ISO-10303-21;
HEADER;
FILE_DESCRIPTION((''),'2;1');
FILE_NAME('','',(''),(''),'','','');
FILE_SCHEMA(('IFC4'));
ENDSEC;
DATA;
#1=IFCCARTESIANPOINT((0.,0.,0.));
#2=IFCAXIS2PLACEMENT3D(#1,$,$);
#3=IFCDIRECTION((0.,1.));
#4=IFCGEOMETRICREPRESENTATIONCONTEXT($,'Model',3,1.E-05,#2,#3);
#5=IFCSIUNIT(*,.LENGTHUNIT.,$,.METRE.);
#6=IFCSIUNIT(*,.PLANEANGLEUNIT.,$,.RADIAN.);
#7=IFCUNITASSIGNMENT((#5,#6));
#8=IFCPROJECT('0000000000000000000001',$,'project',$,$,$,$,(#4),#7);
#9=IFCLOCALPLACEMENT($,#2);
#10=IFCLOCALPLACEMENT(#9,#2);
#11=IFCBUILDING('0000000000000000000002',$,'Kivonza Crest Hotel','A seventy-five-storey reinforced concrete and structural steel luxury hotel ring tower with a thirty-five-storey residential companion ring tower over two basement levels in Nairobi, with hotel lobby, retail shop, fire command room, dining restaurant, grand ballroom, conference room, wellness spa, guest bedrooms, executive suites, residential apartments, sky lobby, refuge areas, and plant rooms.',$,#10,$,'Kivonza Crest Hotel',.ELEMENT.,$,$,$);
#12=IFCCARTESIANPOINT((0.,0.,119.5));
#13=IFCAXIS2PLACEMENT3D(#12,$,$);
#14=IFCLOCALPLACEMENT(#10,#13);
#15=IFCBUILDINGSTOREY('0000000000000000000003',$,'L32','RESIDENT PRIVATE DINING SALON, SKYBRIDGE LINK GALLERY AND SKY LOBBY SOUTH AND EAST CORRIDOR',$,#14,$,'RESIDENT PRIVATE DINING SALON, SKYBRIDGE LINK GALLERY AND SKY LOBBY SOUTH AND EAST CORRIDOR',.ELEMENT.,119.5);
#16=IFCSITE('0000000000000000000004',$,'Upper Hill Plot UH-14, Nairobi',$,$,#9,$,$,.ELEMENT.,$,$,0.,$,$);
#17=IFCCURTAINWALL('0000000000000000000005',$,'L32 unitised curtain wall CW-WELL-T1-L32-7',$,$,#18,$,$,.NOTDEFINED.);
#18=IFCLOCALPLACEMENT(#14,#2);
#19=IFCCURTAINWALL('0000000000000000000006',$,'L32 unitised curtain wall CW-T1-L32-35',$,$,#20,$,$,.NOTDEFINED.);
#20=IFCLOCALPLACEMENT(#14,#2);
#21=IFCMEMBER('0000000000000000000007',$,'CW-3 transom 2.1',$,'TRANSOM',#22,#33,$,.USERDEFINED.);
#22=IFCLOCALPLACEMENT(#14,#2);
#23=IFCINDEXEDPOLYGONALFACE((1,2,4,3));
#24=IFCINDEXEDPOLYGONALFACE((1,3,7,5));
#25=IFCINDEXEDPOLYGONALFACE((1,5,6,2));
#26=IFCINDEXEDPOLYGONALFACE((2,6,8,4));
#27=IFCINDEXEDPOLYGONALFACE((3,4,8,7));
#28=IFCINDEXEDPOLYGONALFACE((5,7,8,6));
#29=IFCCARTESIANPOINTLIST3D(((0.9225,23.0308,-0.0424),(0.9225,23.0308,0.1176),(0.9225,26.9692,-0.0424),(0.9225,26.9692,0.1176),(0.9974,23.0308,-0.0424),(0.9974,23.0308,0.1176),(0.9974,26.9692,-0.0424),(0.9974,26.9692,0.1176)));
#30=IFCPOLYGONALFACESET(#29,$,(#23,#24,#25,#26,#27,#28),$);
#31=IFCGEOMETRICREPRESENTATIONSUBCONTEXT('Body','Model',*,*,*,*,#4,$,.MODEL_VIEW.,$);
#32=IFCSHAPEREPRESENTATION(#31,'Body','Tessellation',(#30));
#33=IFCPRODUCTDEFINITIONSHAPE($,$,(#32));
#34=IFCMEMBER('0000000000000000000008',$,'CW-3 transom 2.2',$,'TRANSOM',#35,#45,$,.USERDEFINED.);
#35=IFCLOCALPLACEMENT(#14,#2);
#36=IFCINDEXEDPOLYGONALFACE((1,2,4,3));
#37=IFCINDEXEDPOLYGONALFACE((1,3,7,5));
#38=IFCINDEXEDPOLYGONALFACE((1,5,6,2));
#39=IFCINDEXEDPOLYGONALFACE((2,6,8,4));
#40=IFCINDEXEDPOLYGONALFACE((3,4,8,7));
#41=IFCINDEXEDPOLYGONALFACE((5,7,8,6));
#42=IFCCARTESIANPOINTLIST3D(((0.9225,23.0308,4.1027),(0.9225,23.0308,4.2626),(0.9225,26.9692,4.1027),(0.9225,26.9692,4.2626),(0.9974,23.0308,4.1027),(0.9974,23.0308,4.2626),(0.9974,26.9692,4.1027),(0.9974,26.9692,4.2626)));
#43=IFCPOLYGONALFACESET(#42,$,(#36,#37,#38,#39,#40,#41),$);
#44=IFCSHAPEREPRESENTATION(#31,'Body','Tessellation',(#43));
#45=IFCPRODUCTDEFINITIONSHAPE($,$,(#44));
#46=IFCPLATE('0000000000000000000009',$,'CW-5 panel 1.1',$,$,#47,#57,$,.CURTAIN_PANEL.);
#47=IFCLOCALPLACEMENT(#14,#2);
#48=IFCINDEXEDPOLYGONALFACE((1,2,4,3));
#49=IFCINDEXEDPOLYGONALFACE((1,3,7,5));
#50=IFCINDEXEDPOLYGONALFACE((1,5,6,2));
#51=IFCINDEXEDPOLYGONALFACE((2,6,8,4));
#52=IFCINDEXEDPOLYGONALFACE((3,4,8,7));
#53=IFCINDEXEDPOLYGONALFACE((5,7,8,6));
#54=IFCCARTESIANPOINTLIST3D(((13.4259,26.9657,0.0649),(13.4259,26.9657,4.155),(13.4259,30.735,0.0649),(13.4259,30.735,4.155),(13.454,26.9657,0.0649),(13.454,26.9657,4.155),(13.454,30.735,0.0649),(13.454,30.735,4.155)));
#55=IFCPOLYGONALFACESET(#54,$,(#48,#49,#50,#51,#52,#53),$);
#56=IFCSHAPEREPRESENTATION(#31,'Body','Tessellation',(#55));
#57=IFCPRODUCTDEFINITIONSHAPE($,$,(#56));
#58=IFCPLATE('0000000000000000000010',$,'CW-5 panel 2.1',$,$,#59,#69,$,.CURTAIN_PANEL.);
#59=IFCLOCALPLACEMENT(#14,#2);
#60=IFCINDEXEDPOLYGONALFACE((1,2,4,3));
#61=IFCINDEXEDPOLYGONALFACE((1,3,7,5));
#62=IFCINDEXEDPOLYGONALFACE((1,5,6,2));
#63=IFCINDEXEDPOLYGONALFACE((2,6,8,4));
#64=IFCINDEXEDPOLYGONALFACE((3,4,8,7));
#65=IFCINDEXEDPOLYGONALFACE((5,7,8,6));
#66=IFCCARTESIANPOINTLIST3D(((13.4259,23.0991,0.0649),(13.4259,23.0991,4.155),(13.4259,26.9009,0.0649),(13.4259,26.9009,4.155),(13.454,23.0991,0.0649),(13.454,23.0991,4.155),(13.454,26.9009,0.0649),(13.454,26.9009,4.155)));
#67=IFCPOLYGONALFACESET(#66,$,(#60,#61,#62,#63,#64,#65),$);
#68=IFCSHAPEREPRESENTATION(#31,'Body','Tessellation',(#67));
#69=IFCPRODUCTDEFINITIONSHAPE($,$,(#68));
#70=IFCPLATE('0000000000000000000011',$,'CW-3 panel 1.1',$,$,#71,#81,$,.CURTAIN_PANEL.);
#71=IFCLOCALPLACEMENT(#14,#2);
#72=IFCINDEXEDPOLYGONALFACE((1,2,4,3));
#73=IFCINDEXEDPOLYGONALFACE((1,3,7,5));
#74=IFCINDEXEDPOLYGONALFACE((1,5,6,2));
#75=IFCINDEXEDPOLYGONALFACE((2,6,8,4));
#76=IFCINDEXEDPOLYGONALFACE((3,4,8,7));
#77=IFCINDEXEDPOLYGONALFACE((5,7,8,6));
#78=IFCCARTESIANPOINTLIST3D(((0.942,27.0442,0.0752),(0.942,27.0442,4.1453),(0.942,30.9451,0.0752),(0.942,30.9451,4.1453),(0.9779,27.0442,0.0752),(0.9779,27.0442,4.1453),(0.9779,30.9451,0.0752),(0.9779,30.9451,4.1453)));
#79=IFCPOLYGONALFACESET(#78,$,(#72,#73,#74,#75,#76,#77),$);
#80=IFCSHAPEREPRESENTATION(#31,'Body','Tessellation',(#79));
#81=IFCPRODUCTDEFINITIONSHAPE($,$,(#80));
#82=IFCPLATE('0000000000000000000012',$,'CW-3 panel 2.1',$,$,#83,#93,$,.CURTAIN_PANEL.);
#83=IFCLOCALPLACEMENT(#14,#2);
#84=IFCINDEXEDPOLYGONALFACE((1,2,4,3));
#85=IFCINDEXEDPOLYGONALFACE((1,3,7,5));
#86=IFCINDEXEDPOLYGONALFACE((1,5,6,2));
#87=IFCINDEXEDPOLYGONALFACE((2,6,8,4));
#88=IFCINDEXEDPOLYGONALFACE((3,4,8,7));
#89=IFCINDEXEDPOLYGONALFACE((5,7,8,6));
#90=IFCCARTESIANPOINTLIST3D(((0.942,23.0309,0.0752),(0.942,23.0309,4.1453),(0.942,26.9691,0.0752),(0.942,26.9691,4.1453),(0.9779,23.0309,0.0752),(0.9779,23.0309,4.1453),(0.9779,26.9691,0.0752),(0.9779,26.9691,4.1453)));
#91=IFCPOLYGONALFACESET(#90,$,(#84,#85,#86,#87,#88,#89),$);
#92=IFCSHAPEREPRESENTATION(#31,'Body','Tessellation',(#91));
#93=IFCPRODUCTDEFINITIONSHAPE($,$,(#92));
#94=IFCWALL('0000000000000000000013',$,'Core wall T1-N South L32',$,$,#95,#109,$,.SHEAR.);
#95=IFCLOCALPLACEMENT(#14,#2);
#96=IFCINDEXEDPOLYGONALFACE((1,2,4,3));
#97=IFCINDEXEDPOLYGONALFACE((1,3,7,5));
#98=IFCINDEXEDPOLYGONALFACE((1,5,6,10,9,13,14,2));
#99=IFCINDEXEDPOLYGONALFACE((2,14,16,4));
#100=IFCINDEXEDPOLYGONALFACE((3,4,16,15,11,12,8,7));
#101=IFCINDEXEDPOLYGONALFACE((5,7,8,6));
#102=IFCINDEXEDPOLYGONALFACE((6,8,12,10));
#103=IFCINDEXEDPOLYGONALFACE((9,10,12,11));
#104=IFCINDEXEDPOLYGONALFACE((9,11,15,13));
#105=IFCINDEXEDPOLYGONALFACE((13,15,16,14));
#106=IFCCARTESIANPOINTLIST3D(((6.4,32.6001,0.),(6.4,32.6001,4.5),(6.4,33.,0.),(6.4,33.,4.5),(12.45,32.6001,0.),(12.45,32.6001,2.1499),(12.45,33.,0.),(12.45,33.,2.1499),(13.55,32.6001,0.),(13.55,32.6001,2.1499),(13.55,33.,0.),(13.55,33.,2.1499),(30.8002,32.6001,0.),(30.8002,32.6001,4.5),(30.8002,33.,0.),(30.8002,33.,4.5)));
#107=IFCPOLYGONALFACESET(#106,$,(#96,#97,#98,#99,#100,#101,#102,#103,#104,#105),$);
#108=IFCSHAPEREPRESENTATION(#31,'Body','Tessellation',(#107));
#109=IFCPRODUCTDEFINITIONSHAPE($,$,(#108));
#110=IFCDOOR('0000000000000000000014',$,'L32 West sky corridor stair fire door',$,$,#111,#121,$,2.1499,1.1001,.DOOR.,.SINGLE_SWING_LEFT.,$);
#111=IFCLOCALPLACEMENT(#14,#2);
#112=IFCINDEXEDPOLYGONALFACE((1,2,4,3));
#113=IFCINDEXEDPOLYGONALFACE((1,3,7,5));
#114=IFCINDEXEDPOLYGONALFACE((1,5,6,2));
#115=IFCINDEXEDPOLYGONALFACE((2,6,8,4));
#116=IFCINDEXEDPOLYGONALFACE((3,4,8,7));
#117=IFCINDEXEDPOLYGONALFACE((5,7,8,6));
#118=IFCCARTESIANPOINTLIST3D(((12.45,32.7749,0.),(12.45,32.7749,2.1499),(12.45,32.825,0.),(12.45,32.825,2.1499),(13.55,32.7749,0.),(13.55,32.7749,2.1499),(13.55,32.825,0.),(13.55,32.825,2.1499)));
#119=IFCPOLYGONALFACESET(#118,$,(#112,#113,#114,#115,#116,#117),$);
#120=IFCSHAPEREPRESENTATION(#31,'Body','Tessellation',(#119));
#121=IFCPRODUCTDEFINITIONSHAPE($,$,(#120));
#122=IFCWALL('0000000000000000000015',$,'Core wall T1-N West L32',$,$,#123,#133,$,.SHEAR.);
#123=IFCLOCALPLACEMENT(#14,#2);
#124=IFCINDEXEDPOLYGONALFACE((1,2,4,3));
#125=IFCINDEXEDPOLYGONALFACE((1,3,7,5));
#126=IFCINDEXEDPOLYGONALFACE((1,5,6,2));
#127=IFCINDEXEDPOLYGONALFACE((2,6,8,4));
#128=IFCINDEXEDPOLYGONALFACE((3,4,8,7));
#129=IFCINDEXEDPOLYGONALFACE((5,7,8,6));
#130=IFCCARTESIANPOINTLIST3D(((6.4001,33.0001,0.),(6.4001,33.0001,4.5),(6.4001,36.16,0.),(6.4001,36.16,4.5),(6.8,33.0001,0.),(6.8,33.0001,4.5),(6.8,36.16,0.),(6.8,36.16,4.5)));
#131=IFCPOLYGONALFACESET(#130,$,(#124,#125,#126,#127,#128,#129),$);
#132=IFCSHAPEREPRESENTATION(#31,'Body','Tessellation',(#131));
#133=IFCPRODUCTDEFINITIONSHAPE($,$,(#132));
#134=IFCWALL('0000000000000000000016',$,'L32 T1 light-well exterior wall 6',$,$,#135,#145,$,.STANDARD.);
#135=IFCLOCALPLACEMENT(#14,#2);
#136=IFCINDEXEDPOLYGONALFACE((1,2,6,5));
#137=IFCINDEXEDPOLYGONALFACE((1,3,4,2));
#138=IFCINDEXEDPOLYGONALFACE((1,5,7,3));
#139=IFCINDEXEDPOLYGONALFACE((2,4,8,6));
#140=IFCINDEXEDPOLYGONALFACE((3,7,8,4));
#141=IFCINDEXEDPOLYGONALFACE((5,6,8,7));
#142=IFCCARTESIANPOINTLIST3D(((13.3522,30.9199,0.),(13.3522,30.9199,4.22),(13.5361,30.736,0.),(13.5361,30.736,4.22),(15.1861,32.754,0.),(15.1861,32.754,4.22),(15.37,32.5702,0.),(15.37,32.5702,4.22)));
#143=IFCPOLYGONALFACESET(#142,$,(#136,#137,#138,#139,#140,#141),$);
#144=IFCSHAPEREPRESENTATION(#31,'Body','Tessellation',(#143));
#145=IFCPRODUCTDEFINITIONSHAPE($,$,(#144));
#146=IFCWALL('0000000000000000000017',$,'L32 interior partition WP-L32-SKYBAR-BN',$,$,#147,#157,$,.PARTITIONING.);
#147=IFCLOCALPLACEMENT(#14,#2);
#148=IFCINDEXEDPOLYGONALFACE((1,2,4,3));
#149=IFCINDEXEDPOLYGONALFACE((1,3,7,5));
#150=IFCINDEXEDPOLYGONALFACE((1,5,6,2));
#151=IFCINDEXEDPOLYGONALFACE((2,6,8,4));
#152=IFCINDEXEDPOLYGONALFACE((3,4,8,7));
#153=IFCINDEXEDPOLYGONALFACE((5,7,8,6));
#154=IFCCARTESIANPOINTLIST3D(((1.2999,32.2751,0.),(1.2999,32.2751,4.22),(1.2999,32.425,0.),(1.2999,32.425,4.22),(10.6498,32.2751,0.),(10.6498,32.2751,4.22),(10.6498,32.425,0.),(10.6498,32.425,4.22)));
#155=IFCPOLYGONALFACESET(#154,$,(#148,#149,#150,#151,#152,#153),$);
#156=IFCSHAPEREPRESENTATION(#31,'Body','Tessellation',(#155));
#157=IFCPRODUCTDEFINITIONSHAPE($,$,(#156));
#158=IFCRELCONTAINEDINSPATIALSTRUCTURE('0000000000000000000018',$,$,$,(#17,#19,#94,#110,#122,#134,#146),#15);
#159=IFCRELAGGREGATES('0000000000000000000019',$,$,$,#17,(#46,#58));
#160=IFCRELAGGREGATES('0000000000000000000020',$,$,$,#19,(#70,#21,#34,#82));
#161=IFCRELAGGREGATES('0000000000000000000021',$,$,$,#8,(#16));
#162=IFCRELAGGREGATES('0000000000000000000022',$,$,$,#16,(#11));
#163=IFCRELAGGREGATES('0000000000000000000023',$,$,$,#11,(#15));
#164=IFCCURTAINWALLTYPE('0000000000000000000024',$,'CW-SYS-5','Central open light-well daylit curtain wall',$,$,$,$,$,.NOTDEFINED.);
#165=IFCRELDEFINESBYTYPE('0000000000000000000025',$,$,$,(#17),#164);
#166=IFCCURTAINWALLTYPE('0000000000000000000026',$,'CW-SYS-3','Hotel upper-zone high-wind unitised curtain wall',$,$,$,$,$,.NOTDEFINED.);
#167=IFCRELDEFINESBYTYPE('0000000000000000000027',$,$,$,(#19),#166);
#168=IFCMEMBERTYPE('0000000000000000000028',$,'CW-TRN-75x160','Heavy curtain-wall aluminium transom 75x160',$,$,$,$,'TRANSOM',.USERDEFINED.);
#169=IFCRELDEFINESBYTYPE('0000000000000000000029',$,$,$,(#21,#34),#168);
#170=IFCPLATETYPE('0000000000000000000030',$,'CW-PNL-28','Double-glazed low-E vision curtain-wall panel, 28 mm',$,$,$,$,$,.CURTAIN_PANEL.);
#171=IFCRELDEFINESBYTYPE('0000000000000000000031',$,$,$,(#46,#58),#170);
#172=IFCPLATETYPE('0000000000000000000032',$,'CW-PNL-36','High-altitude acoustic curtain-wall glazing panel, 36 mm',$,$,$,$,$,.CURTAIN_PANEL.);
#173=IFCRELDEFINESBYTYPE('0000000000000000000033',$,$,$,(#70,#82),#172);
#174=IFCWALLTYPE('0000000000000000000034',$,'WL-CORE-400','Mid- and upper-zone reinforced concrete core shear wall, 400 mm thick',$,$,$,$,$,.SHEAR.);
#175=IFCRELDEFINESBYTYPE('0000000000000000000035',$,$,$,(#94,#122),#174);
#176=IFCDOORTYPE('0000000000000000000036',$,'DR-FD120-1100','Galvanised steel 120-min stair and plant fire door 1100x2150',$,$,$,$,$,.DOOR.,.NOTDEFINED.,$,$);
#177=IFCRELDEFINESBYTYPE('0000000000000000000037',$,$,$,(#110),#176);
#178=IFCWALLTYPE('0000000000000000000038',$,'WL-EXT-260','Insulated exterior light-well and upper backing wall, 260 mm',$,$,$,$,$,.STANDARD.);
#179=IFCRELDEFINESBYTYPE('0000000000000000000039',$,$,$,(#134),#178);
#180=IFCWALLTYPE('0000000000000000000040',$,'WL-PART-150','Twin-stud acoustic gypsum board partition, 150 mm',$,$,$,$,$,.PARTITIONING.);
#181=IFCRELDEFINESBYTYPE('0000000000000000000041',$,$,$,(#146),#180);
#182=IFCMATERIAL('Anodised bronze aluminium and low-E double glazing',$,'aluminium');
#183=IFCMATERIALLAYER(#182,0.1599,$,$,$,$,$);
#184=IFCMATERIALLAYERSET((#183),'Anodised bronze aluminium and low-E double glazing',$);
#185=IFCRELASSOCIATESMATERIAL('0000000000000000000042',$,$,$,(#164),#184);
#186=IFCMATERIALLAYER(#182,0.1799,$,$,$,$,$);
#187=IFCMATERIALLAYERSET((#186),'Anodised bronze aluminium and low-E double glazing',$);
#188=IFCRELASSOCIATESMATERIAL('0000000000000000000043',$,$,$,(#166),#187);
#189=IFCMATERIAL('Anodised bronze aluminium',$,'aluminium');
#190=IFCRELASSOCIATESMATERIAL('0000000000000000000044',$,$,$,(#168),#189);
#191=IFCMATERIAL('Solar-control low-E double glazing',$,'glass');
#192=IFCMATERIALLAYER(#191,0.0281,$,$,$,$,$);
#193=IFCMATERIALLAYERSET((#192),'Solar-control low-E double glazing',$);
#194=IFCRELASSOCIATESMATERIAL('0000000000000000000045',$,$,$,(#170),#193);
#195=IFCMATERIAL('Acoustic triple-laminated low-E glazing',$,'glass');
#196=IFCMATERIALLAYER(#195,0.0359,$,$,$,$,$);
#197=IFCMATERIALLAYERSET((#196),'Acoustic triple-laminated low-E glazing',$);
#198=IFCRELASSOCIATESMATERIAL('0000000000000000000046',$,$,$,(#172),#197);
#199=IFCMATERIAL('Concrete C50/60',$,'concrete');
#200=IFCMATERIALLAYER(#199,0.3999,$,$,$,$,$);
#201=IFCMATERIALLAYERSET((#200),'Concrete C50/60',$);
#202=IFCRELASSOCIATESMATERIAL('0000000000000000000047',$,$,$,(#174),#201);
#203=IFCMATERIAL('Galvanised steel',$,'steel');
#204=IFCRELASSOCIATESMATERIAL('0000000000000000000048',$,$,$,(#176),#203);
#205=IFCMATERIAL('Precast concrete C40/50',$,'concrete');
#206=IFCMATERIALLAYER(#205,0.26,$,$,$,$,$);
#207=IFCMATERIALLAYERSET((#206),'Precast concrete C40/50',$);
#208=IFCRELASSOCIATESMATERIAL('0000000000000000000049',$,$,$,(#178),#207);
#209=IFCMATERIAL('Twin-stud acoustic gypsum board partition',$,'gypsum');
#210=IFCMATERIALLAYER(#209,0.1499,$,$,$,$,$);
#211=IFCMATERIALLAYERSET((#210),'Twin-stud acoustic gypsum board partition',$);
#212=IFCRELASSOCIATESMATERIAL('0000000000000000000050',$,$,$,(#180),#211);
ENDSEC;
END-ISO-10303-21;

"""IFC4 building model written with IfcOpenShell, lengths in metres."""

from ifc_helpers import new_model, si_unit, direction, frame, frame_2d, origin, origin_2d, place, context, subcontext, project, spatial, rectangle, extrude, material, layer, layer_set, material_profile, profile_set, type_object, element, fill, aggregate, save


model = new_model("IFC4")

# Units and contexts
model_context = context("Model", 3, precision=1e-05, world=origin(), true_north=direction((0.0, 1.0)))
body_context = subcontext(model_context, "Body", "Model", "MODEL_VIEW")
ifc_project = project(units=[si_unit("LENGTHUNIT", "METRE"), si_unit("PLANEANGLEUNIT", "RADIAN")], contexts=[model_context])

# Site, building, storey
site_placement = place(None, origin())
site = spatial("IfcSite", under=ifc_project, at=site_placement, Name="Upper Hill Plot UH-14, Nairobi", CompositionType="ELEMENT", RefElevation=0.0)
building_placement = place(site_placement, origin())
building = spatial("IfcBuilding", under=site, at=building_placement, Name="Kivonza Crest Hotel", Description="A seventy-five-storey reinforced concrete and structural steel luxury hotel ring tower with a thirty-five-storey residential companion ring tower over two basement levels in Nairobi, with hotel lobby, retail shop, fire command room, dining restaurant, grand ballroom, conference room, wellness spa, guest bedrooms, executive suites, residential apartments, sky lobby, refuge areas, and plant rooms.", LongName="Kivonza Crest Hotel", CompositionType="ELEMENT")
storey_placement = place(building_placement, frame((0.0, 0.0, 119.5)))
storey = spatial("IfcBuildingStorey", under=building, at=storey_placement, Name="L32", Description="RESIDENT PRIVATE DINING SALON, SKYBRIDGE LINK GALLERY AND SKY LOBBY SOUTH AND EAST CORRIDOR", LongName="RESIDENT PRIVATE DINING SALON, SKYBRIDGE LINK GALLERY AND SKY LOBBY SOUTH AND EAST CORRIDOR", CompositionType="ELEMENT", Elevation=119.5)

# Shared definitions
ifc_material_1 = material(Name="Concrete C50/60", Category="concrete")

# Curtain walls
ifc_material_2 = material(Name="Anodised bronze aluminium and low-E double glazing", Category="aluminium")
ifc_layer_1 = layer(ifc_material_2, 0.1599)
ifc_layer_set_1 = layer_set([ifc_layer_1], Name="Anodised bronze aluminium and low-E double glazing")
curtain_wall_type_1 = type_object("IfcCurtainWallType", Name="CW-SYS-5", Description="Central open light-well daylit curtain wall", PredefinedType="NOTDEFINED", material=ifc_layer_set_1)
curtain_wall_1_placement = place(storey_placement, origin())
curtain_wall_1 = element("IfcCurtainWall", 1, at=curtain_wall_1_placement, inside=storey, type_object=curtain_wall_type_1, Name="L32 unitised curtain wall CW-WELL-T1-L32-7", PredefinedType="NOTDEFINED")
ifc_material_3 = material(Name="Anodised bronze aluminium", Category="aluminium")
ifc_layer_2 = layer(ifc_material_2, 0.1799)
ifc_layer_set_2 = layer_set([ifc_layer_2], Name="Anodised bronze aluminium and low-E double glazing")
curtain_wall_type_2 = type_object("IfcCurtainWallType", Name="CW-SYS-3", Description="Hotel upper-zone high-wind unitised curtain wall", PredefinedType="NOTDEFINED", material=ifc_layer_set_2)
curtain_wall_2_placement = place(storey_placement, origin())
curtain_wall_2 = element("IfcCurtainWall", 2, at=curtain_wall_2_placement, inside=storey, type_object=curtain_wall_type_2, Name="L32 unitised curtain wall CW-T1-L32-35", PredefinedType="NOTDEFINED")

# Members
ifc_material_profile_1 = material_profile(ifc_material_3, rectangle(XDim=0.075, YDim=0.1599, at=origin_2d()), Name="CW-T 75x160")
ifc_profile_set_1 = profile_set([ifc_material_profile_1], Name="Anodised bronze aluminium")
member_type_1 = type_object("IfcMemberType", Name="CW-TRN-75x160", Description="Heavy curtain-wall aluminium transom 75x160", ElementType="TRANSOM", PredefinedType="USERDEFINED", material=ifc_profile_set_1)
member_1_placement = place(storey_placement, frame((0.96, 26.9692, 0.0376), z_axis=(0.0, -1.0, 0.0), x_axis=(1.0, 0.0, 0.0)))
member_1 = element("IfcMember", 3, at=member_1_placement, type_object=member_type_1, Name="CW-3 transom 2.1", ObjectType="TRANSOM", PredefinedType="USERDEFINED", context=body_context, shape_type="SweptSolid", body=[
    extrude(rectangle(XDim=0.075, YDim=0.1599, at=origin_2d()), origin(), (0.0, 0.0, 1.0), 3.9385),
])
member_2_placement = place(storey_placement, frame((0.96, 26.9692, 4.1826), z_axis=(0.0, -1.0, 0.0), x_axis=(1.0, 0.0, 0.0)))
member_2 = element("IfcMember", 4, at=member_2_placement, type_object=member_type_1, Name="CW-3 transom 2.2", ObjectType="TRANSOM", PredefinedType="USERDEFINED", context=body_context, shape_type="SweptSolid", body=[
    extrude(rectangle(XDim=0.075, YDim=0.1599, at=origin_2d()), origin(), (0.0, 0.0, 1.0), 3.9385),
])

# Plates
ifc_material_4 = material(Name="Solar-control low-E double glazing", Category="glass")
ifc_layer_3 = layer(ifc_material_4, 0.0281)
ifc_layer_set_3 = layer_set([ifc_layer_3], Name="Solar-control low-E double glazing")
plate_type_1 = type_object("IfcPlateType", Name="CW-PNL-28", Description="Double-glazed low-E vision curtain-wall panel, 28 mm", PredefinedType="CURTAIN_PANEL", material=ifc_layer_set_3)
plate_1_placement = place(storey_placement, frame((13.4399, 28.8503, 0.0649), z_axis=(0.0, 0.0, 1.0), x_axis=(0.0, -1.0, 0.0)))
plate_1 = element("IfcPlate", 5, at=plate_1_placement, type_object=plate_type_1, Name="CW-5 panel 1.1", PredefinedType="CURTAIN_PANEL", context=body_context, shape_type="SweptSolid", body=[
    extrude(rectangle(XDim=3.7693, YDim=0.0281, at=origin_2d()), origin(), (0.0, 0.0, 1.0), 4.0901),
])
plate_2_placement = place(storey_placement, frame((13.4399, 25.0, 0.0649), z_axis=(0.0, 0.0, 1.0), x_axis=(0.0, -1.0, 0.0)))
plate_2 = element("IfcPlate", 6, at=plate_2_placement, type_object=plate_type_1, Name="CW-5 panel 2.1", PredefinedType="CURTAIN_PANEL", context=body_context, shape_type="SweptSolid", body=[
    extrude(rectangle(XDim=3.8018, YDim=0.0281, at=origin_2d()), origin(), (0.0, 0.0, 1.0), 4.0901),
])
aggregate(curtain_wall_1, [plate_1, plate_2])
ifc_material_5 = material(Name="Acoustic triple-laminated low-E glazing", Category="glass")
ifc_layer_4 = layer(ifc_material_5, 0.0359)
ifc_layer_set_4 = layer_set([ifc_layer_4], Name="Acoustic triple-laminated low-E glazing")
plate_type_2 = type_object("IfcPlateType", Name="CW-PNL-36", Description="High-altitude acoustic curtain-wall glazing panel, 36 mm", PredefinedType="CURTAIN_PANEL", material=ifc_layer_set_4)
plate_3_placement = place(storey_placement, frame((0.96, 28.9946, 0.0752), z_axis=(0.0, 0.0, 1.0), x_axis=(0.0, -1.0, 0.0)))
plate_3 = element("IfcPlate", 7, at=plate_3_placement, type_object=plate_type_2, Name="CW-3 panel 1.1", PredefinedType="CURTAIN_PANEL", context=body_context, shape_type="SweptSolid", body=[
    extrude(rectangle(XDim=3.9009, YDim=0.0359, at=origin_2d()), origin(), (0.0, 0.0, 1.0), 4.0701),
])
plate_4_placement = place(storey_placement, frame((0.96, 25.0, 0.0752), z_axis=(0.0, 0.0, 1.0), x_axis=(0.0, -1.0, 0.0)))
plate_4 = element("IfcPlate", 8, at=plate_4_placement, type_object=plate_type_2, Name="CW-3 panel 2.1", PredefinedType="CURTAIN_PANEL", context=body_context, shape_type="SweptSolid", body=[
    extrude(rectangle(XDim=3.9382, YDim=0.0359, at=origin_2d()), origin(), (0.0, 0.0, 1.0), 4.0701),
])
aggregate(curtain_wall_2, [plate_3, member_1, member_2, plate_4])

# Wall, opening, door
ifc_layer_5 = layer(ifc_material_1, 0.3999)
ifc_layer_set_5 = layer_set([ifc_layer_5], Name="Concrete C50/60")
wall_type_1 = type_object("IfcWallType", Name="WL-CORE-400", Description="Mid- and upper-zone reinforced concrete core shear wall, 400 mm thick", PredefinedType="SHEAR", material=ifc_layer_set_5)
wall_1_placement = place(storey_placement, frame((6.3999, 32.8, 0.0), z_axis=(0.0, 0.0, 1.0), x_axis=(1.0, 0.0, 0.0)))
wall_1 = element("IfcWall", 9, at=wall_1_placement, inside=storey, type_object=wall_type_1, Name="Core wall T1-N South L32", PredefinedType="SHEAR", context=body_context, shape_type="SweptSolid", body=[
    extrude(rectangle(XDim=24.4001, YDim=0.3999, at=frame_2d((12.2002, 0.0))), origin(), (0.0, 0.0, 1.0), 4.5),
])
opening_1_placement = place(wall_1_placement, frame((6.05, 0.0, 0.0)))
opening_1 = element("IfcOpeningElement", 10, at=opening_1_placement, cuts=wall_1, PredefinedType="OPENING", context=body_context, shape_type="SweptSolid", body=[
    extrude(rectangle(XDim=1.1001, YDim=2.1499, at=frame_2d((0.55, 1.075))), frame((0.0, 0.21, 0.0), z_axis=(0.0, -1.0, 0.0), x_axis=(1.0, 0.0, 0.0)), (0.0, 0.0, 1.0), 0.4199),
])
ifc_material_6 = material(Name="Galvanised steel", Category="steel")
door_type_1 = type_object("IfcDoorType", Name="DR-FD120-1100", Description="Galvanised steel 120-min stair and plant fire door 1100x2150", OperationType="NOTDEFINED", PredefinedType="DOOR", material=ifc_material_6)
door_1_placement = place(opening_1_placement, origin())
door_1 = element("IfcDoor", 11, at=door_1_placement, inside=storey, type_object=door_type_1, Name="L32 West sky corridor stair fire door", OperationType="SINGLE_SWING_LEFT", OverallHeight=2.1499, OverallWidth=1.1001, PredefinedType="DOOR", context=body_context, shape_type="SweptSolid", body=[
    extrude(rectangle(XDim=1.1001, YDim=2.1499, at=frame_2d((0.55, 1.075))), frame((0.0, 0.0249, 0.0), z_axis=(0.0, -1.0, 0.0), x_axis=(1.0, 0.0, 0.0)), (0.0, 0.0, 1.0), 0.05),
])
fill(opening_1, door_1)

# Walls
wall_2_placement = place(storey_placement, frame((6.6001, 33.0, 0.0), z_axis=(0.0, 0.0, 1.0), x_axis=(0.0, 1.0, 0.0)))
element("IfcWall", 12, at=wall_2_placement, inside=storey, type_object=wall_type_1, Name="Core wall T1-N West L32", PredefinedType="SHEAR", context=body_context, shape_type="SweptSolid", body=[
    extrude(rectangle(XDim=3.1599, YDim=0.3999, at=frame_2d((1.5801, 0.0))), origin(), (0.0, 0.0, 1.0), 4.5),
])
ifc_material_7 = material(Name="Precast concrete C40/50", Category="concrete")
ifc_layer_6 = layer(ifc_material_7, 0.26)
ifc_layer_set_6 = layer_set([ifc_layer_6], Name="Precast concrete C40/50")
wall_type_2 = type_object("IfcWallType", Name="WL-EXT-260", Description="Insulated exterior light-well and upper backing wall, 260 mm", PredefinedType="STANDARD", material=ifc_layer_set_6)
wall_3_placement = place(storey_placement, frame((15.2781, 32.6621, 0.0), z_axis=(0.0, 0.0, 1.0), x_axis=(-0.70706, -0.707154, 0.0)))
element("IfcWall", 13, at=wall_3_placement, inside=storey, type_object=wall_type_2, Name="L32 T1 light-well exterior wall 6", PredefinedType="STANDARD", context=body_context, shape_type="SweptSolid", body=[
    extrude(rectangle(XDim=2.5938, YDim=0.26, at=frame_2d((1.2969, 0.0))), origin(), (0.0, 0.0, 1.0), 4.22),
])
ifc_material_8 = material(Name="Twin-stud acoustic gypsum board partition", Category="gypsum")
ifc_layer_7 = layer(ifc_material_8, 0.1499)
ifc_layer_set_7 = layer_set([ifc_layer_7], Name="Twin-stud acoustic gypsum board partition")
wall_type_3 = type_object("IfcWallType", Name="WL-PART-150", Description="Twin-stud acoustic gypsum board partition, 150 mm", PredefinedType="PARTITIONING", material=ifc_layer_set_7)
wall_4_placement = place(storey_placement, frame((1.3, 32.3501, 0.0), z_axis=(0.0, 0.0, 1.0), x_axis=(1.0, 0.0, 0.0)))
element("IfcWall", 14, at=wall_4_placement, inside=storey, type_object=wall_type_3, Name="L32 interior partition WP-L32-SKYBAR-BN", PredefinedType="PARTITIONING", context=body_context, shape_type="SweptSolid", body=[
    extrude(rectangle(XDim=9.3499, YDim=0.1499, at=frame_2d((4.6748, 0.0))), origin(), (0.0, 0.0, 1.0), 4.22),
])

save(model, "model.ifc")
